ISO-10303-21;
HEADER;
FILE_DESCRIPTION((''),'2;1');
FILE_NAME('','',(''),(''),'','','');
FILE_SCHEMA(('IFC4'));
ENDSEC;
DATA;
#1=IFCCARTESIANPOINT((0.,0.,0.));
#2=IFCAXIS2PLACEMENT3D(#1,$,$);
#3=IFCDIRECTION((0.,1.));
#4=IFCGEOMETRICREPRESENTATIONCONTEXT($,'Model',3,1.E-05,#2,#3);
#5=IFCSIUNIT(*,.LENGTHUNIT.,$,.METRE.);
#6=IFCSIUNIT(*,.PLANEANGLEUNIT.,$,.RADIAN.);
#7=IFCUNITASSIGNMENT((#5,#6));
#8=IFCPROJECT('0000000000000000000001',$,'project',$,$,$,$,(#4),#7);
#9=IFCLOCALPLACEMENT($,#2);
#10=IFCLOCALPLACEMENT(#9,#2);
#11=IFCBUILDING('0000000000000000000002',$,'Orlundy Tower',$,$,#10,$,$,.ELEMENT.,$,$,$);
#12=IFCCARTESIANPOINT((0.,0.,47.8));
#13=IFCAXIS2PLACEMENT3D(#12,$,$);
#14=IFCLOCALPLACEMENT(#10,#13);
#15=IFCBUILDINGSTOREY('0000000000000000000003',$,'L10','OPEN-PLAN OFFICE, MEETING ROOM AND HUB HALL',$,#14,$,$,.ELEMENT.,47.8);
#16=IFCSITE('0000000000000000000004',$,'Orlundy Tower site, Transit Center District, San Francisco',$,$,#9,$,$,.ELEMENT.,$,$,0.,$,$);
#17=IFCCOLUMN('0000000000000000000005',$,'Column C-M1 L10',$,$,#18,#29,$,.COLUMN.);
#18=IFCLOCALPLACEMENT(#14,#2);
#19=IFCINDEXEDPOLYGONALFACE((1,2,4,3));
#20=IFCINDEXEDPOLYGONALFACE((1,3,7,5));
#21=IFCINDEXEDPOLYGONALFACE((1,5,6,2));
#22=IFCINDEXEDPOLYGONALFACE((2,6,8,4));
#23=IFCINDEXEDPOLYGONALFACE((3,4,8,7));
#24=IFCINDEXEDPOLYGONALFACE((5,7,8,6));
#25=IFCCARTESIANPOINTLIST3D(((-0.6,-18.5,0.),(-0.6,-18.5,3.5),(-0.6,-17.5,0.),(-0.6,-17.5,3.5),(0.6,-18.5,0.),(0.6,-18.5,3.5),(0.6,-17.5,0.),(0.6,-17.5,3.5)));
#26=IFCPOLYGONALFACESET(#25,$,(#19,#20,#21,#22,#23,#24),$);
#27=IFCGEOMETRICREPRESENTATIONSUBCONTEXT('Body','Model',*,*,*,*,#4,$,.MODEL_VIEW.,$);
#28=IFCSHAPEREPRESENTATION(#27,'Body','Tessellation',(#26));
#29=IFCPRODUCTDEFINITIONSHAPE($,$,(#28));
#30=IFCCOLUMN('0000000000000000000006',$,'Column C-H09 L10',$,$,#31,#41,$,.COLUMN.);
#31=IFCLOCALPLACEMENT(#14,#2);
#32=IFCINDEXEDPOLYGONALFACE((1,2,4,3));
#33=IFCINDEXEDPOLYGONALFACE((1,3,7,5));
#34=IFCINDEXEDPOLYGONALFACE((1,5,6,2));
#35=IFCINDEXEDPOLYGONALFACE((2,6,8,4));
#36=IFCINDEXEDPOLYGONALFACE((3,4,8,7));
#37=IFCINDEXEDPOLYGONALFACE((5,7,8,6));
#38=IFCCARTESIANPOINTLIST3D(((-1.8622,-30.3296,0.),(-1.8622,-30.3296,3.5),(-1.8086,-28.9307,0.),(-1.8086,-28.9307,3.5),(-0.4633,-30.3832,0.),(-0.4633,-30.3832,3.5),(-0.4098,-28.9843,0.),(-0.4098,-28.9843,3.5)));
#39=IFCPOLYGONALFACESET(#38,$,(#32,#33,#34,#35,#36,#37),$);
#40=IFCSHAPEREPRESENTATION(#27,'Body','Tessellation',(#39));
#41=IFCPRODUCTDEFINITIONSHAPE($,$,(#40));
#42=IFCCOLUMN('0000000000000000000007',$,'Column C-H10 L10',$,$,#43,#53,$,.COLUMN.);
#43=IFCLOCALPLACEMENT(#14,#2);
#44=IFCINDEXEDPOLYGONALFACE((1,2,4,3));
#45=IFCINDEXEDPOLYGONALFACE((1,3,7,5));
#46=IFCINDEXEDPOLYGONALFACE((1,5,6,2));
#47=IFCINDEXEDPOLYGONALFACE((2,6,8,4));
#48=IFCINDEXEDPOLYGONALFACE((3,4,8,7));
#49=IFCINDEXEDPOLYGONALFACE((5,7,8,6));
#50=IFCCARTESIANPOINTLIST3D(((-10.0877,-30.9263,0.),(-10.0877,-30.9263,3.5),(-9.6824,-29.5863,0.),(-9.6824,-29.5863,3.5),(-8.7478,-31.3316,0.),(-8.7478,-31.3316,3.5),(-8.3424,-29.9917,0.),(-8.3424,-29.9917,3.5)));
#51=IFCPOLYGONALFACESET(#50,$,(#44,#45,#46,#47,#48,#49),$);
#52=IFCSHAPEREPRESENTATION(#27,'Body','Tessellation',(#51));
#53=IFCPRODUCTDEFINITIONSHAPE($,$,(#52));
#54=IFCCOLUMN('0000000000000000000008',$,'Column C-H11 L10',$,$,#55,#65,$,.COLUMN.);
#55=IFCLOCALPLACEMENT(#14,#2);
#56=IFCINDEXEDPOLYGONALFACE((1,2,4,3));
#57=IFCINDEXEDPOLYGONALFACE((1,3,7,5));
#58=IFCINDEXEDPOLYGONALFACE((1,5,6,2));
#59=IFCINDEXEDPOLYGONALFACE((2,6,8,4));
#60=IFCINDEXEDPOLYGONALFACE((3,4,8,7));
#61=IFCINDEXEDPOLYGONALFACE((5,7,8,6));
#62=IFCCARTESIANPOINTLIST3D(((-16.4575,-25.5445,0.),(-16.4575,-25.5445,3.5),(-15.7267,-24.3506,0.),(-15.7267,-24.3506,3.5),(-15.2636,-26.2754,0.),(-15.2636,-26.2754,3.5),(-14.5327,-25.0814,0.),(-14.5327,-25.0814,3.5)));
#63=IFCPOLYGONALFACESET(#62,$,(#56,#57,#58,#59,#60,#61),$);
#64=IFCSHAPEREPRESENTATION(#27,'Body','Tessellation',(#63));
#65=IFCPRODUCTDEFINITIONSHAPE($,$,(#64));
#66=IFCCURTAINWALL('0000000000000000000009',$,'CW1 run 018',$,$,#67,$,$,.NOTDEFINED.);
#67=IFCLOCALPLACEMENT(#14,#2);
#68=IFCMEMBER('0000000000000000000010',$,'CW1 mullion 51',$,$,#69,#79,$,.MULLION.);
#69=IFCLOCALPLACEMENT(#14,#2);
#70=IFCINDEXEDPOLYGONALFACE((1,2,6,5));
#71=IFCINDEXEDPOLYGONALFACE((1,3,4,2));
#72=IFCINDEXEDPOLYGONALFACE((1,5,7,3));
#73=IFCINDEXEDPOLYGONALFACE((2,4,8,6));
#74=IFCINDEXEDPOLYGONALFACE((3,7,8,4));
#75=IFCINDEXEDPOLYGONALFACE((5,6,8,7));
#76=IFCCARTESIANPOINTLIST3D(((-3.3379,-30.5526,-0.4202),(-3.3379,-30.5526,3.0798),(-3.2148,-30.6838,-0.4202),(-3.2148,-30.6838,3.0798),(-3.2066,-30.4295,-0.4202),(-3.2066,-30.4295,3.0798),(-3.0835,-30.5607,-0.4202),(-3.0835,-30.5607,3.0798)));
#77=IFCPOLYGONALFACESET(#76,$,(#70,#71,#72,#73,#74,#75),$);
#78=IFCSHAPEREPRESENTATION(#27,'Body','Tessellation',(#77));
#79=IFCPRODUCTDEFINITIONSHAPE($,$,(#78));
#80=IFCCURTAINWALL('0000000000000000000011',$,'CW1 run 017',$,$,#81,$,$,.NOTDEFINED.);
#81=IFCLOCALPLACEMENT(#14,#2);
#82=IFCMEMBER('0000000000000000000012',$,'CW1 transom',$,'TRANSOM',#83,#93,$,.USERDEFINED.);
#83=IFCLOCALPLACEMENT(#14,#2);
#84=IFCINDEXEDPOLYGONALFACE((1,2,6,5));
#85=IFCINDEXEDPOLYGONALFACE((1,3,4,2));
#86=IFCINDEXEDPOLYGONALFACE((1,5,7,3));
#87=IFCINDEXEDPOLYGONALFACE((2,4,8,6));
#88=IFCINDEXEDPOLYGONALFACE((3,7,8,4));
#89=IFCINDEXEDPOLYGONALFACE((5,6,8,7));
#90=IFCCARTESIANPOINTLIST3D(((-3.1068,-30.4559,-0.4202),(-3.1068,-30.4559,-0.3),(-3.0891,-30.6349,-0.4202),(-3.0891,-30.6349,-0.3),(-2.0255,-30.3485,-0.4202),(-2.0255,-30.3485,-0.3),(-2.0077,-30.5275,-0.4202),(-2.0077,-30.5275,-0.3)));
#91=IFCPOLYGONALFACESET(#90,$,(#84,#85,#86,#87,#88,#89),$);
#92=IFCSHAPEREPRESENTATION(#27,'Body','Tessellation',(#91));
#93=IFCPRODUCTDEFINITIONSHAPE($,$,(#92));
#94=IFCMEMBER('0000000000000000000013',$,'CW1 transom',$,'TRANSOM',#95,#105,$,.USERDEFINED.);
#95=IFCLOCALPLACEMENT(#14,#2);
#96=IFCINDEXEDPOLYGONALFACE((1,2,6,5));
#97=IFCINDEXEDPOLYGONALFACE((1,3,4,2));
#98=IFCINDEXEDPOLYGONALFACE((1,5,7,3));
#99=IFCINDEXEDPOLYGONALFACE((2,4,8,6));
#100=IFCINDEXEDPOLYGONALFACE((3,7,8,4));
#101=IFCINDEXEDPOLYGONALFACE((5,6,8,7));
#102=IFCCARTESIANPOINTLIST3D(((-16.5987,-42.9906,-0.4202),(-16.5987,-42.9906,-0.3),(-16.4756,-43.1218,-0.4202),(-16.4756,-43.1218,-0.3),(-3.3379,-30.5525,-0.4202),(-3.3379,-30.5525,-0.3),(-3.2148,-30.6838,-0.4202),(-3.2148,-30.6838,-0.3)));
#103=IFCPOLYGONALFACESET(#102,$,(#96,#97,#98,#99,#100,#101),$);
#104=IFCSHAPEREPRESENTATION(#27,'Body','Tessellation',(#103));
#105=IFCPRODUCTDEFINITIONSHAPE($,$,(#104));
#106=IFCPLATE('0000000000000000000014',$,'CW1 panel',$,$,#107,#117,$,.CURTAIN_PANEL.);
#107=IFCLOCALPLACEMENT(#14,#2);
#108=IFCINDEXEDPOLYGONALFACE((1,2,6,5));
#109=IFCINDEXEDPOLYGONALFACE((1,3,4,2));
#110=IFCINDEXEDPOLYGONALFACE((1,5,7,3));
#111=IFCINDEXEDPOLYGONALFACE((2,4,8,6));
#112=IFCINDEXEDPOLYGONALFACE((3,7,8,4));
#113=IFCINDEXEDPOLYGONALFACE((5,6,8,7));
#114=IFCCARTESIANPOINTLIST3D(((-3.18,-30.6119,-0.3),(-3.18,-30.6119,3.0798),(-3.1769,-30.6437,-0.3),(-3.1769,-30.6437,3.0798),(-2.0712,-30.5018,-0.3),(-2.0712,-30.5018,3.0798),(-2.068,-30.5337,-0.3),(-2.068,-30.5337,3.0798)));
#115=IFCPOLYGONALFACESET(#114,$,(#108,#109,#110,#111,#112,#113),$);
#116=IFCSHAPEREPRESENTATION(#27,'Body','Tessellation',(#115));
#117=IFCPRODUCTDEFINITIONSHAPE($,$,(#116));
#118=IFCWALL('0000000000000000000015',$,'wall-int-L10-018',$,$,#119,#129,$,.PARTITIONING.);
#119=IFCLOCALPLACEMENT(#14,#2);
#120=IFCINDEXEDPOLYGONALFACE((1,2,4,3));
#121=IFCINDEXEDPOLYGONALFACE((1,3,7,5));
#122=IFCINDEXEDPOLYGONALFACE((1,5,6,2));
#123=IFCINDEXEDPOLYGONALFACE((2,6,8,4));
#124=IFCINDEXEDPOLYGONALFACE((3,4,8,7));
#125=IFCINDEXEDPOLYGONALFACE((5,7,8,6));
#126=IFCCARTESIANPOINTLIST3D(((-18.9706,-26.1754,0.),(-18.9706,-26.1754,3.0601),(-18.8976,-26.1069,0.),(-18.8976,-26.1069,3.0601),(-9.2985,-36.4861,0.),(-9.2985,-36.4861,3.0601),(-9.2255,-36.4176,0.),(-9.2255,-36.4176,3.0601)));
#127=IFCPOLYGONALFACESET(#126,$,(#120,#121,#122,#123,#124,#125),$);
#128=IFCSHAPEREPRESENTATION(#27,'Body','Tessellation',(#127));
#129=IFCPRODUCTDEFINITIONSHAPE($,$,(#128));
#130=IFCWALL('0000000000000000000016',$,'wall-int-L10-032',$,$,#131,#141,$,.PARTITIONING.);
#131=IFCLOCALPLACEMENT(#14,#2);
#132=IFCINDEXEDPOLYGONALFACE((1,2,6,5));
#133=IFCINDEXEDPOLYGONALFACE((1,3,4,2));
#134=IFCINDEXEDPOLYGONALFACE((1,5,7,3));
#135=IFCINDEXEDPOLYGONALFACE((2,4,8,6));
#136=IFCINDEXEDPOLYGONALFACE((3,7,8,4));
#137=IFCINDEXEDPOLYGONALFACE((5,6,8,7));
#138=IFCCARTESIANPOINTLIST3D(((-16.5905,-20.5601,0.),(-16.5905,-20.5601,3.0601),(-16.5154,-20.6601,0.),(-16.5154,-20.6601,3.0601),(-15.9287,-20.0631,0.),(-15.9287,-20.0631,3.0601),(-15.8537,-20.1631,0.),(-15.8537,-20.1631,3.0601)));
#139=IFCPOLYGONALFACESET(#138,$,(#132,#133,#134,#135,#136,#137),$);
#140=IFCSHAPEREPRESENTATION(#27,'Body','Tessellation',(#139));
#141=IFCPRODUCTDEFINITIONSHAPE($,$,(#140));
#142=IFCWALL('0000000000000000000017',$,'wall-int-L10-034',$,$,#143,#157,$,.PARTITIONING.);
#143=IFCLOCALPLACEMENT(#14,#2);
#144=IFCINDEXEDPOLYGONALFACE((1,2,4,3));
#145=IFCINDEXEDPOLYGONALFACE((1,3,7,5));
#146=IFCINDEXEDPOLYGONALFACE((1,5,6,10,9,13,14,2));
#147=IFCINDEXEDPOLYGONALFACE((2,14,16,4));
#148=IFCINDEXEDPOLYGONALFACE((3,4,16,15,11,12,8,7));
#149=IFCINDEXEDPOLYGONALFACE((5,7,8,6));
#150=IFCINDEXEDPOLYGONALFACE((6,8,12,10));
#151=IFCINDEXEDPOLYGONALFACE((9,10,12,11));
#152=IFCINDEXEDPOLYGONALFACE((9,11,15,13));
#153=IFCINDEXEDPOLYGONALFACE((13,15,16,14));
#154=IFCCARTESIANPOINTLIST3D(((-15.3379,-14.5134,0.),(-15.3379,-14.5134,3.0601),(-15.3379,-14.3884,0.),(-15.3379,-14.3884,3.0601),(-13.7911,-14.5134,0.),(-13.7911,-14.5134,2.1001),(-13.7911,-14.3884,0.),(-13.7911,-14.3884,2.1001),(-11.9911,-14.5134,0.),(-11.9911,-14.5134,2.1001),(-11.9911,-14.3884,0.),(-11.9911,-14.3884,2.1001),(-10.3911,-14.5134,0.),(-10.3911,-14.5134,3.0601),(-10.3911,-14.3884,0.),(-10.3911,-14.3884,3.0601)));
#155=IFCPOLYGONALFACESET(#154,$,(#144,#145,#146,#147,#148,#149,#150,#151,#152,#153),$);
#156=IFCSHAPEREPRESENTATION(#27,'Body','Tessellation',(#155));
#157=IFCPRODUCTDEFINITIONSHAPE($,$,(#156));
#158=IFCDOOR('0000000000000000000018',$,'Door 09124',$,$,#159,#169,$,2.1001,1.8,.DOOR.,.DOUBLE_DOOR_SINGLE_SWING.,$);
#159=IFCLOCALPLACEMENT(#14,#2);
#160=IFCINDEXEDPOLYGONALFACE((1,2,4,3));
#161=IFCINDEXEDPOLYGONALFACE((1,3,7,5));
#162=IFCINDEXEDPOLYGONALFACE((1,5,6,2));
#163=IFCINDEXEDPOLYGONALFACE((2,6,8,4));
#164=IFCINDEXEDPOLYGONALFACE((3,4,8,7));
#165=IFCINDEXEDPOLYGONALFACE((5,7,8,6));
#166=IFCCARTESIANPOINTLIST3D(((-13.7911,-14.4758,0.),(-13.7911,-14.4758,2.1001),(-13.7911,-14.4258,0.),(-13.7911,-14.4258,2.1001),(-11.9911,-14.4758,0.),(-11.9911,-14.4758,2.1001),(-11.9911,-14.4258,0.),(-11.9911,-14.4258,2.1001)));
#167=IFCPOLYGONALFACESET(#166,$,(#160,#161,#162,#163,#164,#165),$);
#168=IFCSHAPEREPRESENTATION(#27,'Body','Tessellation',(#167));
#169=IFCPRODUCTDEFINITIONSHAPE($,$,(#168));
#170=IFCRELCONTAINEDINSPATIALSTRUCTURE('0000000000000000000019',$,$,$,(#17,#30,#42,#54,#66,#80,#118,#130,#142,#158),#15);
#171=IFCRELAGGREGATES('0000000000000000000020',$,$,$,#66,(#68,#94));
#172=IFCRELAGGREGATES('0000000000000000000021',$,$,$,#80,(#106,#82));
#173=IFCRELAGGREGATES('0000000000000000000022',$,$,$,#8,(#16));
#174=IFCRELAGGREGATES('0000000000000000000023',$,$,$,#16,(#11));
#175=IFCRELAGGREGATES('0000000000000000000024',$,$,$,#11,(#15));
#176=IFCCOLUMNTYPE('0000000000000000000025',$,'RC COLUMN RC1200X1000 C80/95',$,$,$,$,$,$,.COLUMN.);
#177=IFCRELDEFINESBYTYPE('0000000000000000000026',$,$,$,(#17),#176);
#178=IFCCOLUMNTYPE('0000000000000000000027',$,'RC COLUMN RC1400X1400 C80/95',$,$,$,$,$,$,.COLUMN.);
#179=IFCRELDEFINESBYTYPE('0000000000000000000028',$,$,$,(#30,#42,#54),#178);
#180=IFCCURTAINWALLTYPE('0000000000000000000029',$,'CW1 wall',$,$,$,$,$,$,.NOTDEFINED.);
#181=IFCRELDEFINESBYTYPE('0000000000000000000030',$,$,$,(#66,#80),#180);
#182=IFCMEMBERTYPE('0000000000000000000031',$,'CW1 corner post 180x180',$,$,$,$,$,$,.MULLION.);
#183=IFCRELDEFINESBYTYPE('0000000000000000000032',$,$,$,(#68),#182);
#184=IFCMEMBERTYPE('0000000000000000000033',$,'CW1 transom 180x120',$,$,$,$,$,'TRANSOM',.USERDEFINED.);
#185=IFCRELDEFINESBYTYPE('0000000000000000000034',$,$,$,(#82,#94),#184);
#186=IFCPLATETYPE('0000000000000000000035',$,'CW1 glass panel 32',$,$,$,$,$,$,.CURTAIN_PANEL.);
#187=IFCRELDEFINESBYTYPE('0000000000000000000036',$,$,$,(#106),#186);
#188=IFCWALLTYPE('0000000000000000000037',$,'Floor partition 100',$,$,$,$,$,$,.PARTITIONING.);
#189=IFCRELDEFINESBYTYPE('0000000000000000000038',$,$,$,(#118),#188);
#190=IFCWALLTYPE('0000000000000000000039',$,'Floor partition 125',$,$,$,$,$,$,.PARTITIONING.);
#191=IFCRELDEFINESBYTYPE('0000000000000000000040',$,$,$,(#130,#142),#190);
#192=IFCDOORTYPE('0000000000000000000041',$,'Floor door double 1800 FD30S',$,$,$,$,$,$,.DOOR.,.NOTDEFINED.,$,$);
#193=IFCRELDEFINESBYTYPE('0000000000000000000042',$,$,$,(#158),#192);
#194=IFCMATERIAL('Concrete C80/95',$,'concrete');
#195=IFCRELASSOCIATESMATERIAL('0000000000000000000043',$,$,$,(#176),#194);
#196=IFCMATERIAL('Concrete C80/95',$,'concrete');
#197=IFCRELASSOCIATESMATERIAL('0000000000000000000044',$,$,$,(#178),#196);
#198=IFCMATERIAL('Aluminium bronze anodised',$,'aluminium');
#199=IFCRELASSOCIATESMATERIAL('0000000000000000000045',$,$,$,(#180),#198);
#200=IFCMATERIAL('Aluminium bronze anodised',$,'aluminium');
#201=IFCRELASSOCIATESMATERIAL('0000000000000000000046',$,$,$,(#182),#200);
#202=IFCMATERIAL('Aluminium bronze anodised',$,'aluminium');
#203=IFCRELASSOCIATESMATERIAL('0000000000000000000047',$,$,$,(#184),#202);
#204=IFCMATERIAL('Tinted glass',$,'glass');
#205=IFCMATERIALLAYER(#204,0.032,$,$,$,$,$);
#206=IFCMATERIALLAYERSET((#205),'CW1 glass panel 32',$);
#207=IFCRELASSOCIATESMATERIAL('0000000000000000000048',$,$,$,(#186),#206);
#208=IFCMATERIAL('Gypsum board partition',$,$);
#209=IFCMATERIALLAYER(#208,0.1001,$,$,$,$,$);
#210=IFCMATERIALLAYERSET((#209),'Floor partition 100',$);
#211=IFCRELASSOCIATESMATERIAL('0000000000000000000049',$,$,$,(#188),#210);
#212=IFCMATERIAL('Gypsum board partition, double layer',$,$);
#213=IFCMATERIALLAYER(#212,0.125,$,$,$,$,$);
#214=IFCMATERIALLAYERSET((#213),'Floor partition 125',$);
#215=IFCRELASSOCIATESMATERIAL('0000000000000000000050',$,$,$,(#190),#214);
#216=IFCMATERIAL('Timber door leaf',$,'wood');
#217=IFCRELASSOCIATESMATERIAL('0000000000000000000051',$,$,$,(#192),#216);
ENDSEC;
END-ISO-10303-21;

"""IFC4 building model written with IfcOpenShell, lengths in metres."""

from ifc_helpers import new_model, si_unit, direction, frame, frame_2d, origin, origin_2d, place, context, subcontext, project, spatial, rectangle, extrude, material, layer, layer_set, material_profile, profile_set, type_object, element, fill, aggregate, save


model = new_model("IFC4")

# Units and contexts
model_context = context("Model", 3, precision=1e-05, world=origin(), true_north=direction((0.0, 1.0)))
body_context = subcontext(model_context, "Body", "Model", "MODEL_VIEW")
ifc_project = project(units=[si_unit("LENGTHUNIT", "METRE"), si_unit("PLANEANGLEUNIT", "RADIAN")], contexts=[model_context])

# Site, building, storey
site_placement = place(None, origin())
site = spatial("IfcSite", under=ifc_project, at=site_placement, Name="Orlundy Tower site, Transit Center District, San Francisco", CompositionType="ELEMENT", RefElevation=0.0)
building_placement = place(site_placement, origin())
building = spatial("IfcBuilding", under=site, at=building_placement, Name="Orlundy Tower", CompositionType="ELEMENT")
storey_placement = place(building_placement, frame((0.0, 0.0, 47.8)))
storey = spatial("IfcBuildingStorey", under=building, at=storey_placement, Name="L10", Description="OPEN-PLAN OFFICE, MEETING ROOM AND HUB HALL", CompositionType="ELEMENT", Elevation=47.8)

# Columns
ifc_material_1 = material(Name="Concrete C80/95", Category="concrete")
ifc_material_profile_1 = material_profile(ifc_material_1, rectangle(XDim=1.2, YDim=1.0, at=origin_2d()), Name="RC1200X1000")
ifc_profile_set_1 = profile_set([ifc_material_profile_1], Name="Concrete C80/95")
column_type_1 = type_object("IfcColumnType", Name="RC COLUMN RC1200X1000 C80/95", PredefinedType="COLUMN", material=ifc_profile_set_1)
column_placement = place(storey_placement, frame((0.0, -18.0, 0.0), z_axis=(0.0, 0.0, 1.0), x_axis=(1.0, 0.0, 0.0)))
element("IfcColumn", 1, at=column_placement, inside=storey, type_object=column_type_1, Name="Column C-M1 L10", PredefinedType="COLUMN", context=body_context, shape_type="SweptSolid", body=[
    extrude(rectangle(XDim=1.2, YDim=1.0, at=origin_2d()), origin(), (0.0, 0.0, 1.0), 3.5),
])
ifc_material_2 = material(Name="Concrete C80/95", Category="concrete")
ifc_material_profile_2 = material_profile(ifc_material_2, rectangle(XDim=1.3999, YDim=1.3999, at=origin_2d()), Name="RC1400X1400")
ifc_profile_set_2 = profile_set([ifc_material_profile_2], Name="Concrete C80/95")
column_type_2 = type_object("IfcColumnType", Name="RC COLUMN RC1400X1400 C80/95", PredefinedType="COLUMN", material=ifc_profile_set_2)
for number, where, z_axis, x_axis, name in (
    (2, (-1.136, -29.657, 0.0), (0.0, 0.0, 1.0), (-0.038283, -0.999267, 0.0), "Column C-H09 L10"),
    (3, (-9.2151, -30.459, 0.0), (0.0, 0.0, 1.0), (-0.289583, -0.957153, 0.0), "Column C-H10 L10"),
    (4, (-15.4951, -25.313, 0.0), (0.0, 0.0, 1.0), (-0.522082, -0.852895, 0.0), "Column C-H11 L10"),
):
    element("IfcColumn", number, at=place(storey_placement, frame(where, z_axis=z_axis, x_axis=x_axis)), inside=storey, type_object=column_type_2, Name=name, PredefinedType="COLUMN", context=body_context, shape_type="SweptSolid", body=[
        extrude(rectangle(XDim=1.3999, YDim=1.3999, at=origin_2d()), origin(), (0.0, 0.0, 1.0), 3.5),
    ])

# Curtain walls, members
ifc_material_3 = material(Name="Aluminium bronze anodised", Category="aluminium")
curtain_wall_type = type_object("IfcCurtainWallType", Name="CW1 wall", PredefinedType="NOTDEFINED", material=ifc_material_3)
curtain_wall_1_placement = place(storey_placement, origin())
curtain_wall_1 = element("IfcCurtainWall", 5, at=curtain_wall_1_placement, inside=storey, type_object=curtain_wall_type, Name="CW1 run 018", PredefinedType="NOTDEFINED")
ifc_material_4 = material(Name="Aluminium bronze anodised", Category="aluminium")
ifc_material_profile_3 = material_profile(ifc_material_4, rectangle(XDim=0.1799, YDim=0.1799, at=origin_2d()), Name="CW1 corner post 180x180")
ifc_profile_set_3 = profile_set([ifc_material_profile_3], Name="Aluminium bronze anodised")
member_type_1 = type_object("IfcMemberType", Name="CW1 corner post 180x180", PredefinedType="MULLION", material=ifc_profile_set_3)
member_1_placement = place(storey_placement, frame((-3.2107, -30.5566, -0.4202), z_axis=(0.0, 0.0, 1.0), x_axis=(0.684124, -0.729365, 0.0)))
member_1 = element("IfcMember", 6, at=member_1_placement, type_object=member_type_1, Name="CW1 mullion 51", PredefinedType="MULLION", context=body_context, shape_type="SweptSolid", body=[
    extrude(rectangle(XDim=0.1799, YDim=0.1799, at=origin_2d()), origin(), (0.0, 0.0, 1.0), 3.5),
])
curtain_wall_2_placement = place(storey_placement, origin())
curtain_wall_2 = element("IfcCurtainWall", 7, at=curtain_wall_2_placement, inside=storey, type_object=curtain_wall_type, Name="CW1 run 017", PredefinedType="NOTDEFINED")
ifc_material_5 = material(Name="Aluminium bronze anodised", Category="aluminium")
ifc_material_profile_4 = material_profile(ifc_material_5, rectangle(XDim=0.1799, YDim=0.1201, at=origin_2d()), Name="CW1 transom 180x120")
ifc_profile_set_4 = profile_set([ifc_material_profile_4], Name="Aluminium bronze anodised")
member_type_2 = type_object("IfcMemberType", Name="CW1 transom 180x120", ElementType="TRANSOM", PredefinedType="USERDEFINED", material=ifc_profile_set_4)
member_2_placement = place(storey_placement, frame((-2.0166, -30.438, -0.3601), z_axis=(-0.995101, -0.098859, 0.0), x_axis=(0.098859, -0.995101, 0.0)))
member_2 = element("IfcMember", 8, at=member_2_placement, type_object=member_type_2, Name="CW1 transom", ObjectType="TRANSOM", PredefinedType="USERDEFINED", context=body_context, shape_type="SweptSolid", body=[
    extrude(rectangle(XDim=0.1799, YDim=0.1201, at=origin_2d()), origin(), (0.0, 0.0, 1.0), 1.0867),
])

# Member
member_3_placement = place(storey_placement, frame((-3.2764, -30.6182, -0.3601), z_axis=(-0.729371, -0.684118, 0.0), x_axis=(0.684118, -0.729371, 0.0)))
member_3 = element("IfcMember", 9, at=member_3_placement, type_object=member_type_2, Name="CW1 transom", ObjectType="TRANSOM", PredefinedType="USERDEFINED", context=body_context, shape_type="SweptSolid", body=[
    extrude(rectangle(XDim=0.1799, YDim=0.1201, at=origin_2d()), origin(), (0.0, 0.0, 1.0), 18.1812),
])
aggregate(curtain_wall_1, [member_1, member_3])

# Plate
ifc_material_6 = material(Name="Tinted glass", Category="glass")
ifc_layer_1 = layer(ifc_material_6, 0.032)
ifc_layer_set_1 = layer_set([ifc_layer_1], Name="CW1 glass panel 32")
plate_type = type_object("IfcPlateType", Name="CW1 glass panel 32", PredefinedType="CURTAIN_PANEL", material=ifc_layer_set_1)
plate_placement = place(storey_placement, frame((-2.624, -30.5728, -0.3), z_axis=(0.0, 0.0, 1.0), x_axis=(-0.995112, -0.09875, 0.0)))
plate = element("IfcPlate", 10, at=plate_placement, type_object=plate_type, Name="CW1 panel", PredefinedType="CURTAIN_PANEL", context=body_context, shape_type="SweptSolid", body=[
    extrude(rectangle(XDim=1.1143, YDim=0.032, at=origin_2d()), origin(), (0.0, 0.0, 1.0), 3.3799),
])
aggregate(curtain_wall_2, [plate, member_2])

# Walls
ifc_material_7 = material(Name="Gypsum board partition")
ifc_layer_2 = layer(ifc_material_7, 0.1001)
ifc_layer_set_2 = layer_set([ifc_layer_2], Name="Floor partition 100")
wall_type_1 = type_object("IfcWallType", Name="Floor partition 100", PredefinedType="PARTITIONING", material=ifc_layer_set_2)
wall_1_placement = place(storey_placement, frame((-18.9341, -26.1411, 0.0), z_axis=(0.0, 0.0, 1.0), x_axis=(0.684158, -0.729334, 0.0)))
element("IfcWall", 11, at=wall_1_placement, inside=storey, type_object=wall_type_1, Name="wall-int-L10-018", PredefinedType="PARTITIONING", context=body_context, shape_type="SweptSolid", body=[
    extrude(rectangle(XDim=14.1372, YDim=0.1001, at=frame_2d((7.0686, 0.0))), origin(), (0.0, 0.0, 1.0), 3.0601),
])
ifc_material_8 = material(Name="Gypsum board partition, double layer")
ifc_layer_3 = layer(ifc_material_8, 0.125)
ifc_layer_set_3 = layer_set([ifc_layer_3], Name="Floor partition 125")
wall_type_2 = type_object("IfcWallType", Name="Floor partition 125", PredefinedType="PARTITIONING", material=ifc_layer_set_3)
wall_2_placement = place(storey_placement, frame((-16.553, -20.6101, 0.0), z_axis=(0.0, 0.0, 1.0), x_axis=(0.79961, 0.600519, 0.0)))
element("IfcWall", 12, at=wall_2_placement, inside=storey, type_object=wall_type_2, Name="wall-int-L10-032", PredefinedType="PARTITIONING", context=body_context, shape_type="SweptSolid", body=[
    extrude(rectangle(XDim=0.8276, YDim=0.125, at=frame_2d((0.4138, 0.0))), origin(), (0.0, 0.0, 1.0), 3.0601),
])

# Wall, opening, door
wall_3_placement = place(storey_placement, frame((-10.3911, -14.4509, 0.0), z_axis=(0.0, 0.0, 1.0), x_axis=(-1.0, 0.0, 0.0)))
wall_3 = element("IfcWall", 13, at=wall_3_placement, inside=storey, type_object=wall_type_2, Name="wall-int-L10-034", PredefinedType="PARTITIONING", context=body_context, shape_type="SweptSolid", body=[
    extrude(rectangle(XDim=4.9468, YDim=0.125, at=frame_2d((2.4734, 0.0))), origin(), (0.0, 0.0, 1.0), 3.0601),
])
opening_1_placement = place(wall_3_placement, frame((1.6001, 0.0, 0.0)))
opening_1 = element("IfcOpeningElement", 14, at=opening_1_placement, cuts=wall_3, PredefinedType="OPENING", context=body_context, shape_type="SweptSolid", body=[
    extrude(rectangle(XDim=1.8, YDim=2.1001, at=frame_2d((0.8999, 1.05))), frame((0.0, 0.0725, 0.0), z_axis=(0.0, -1.0, 0.0), x_axis=(1.0, 0.0, 0.0)), (0.0, 0.0, 1.0), 0.145),
])
ifc_material_9 = material(Name="Timber door leaf", Category="wood")
door_type_1 = type_object("IfcDoorType", Name="Floor door double 1800 FD30S", OperationType="NOTDEFINED", PredefinedType="DOOR", material=ifc_material_9)
door_1_placement = place(opening_1_placement, origin())
door_1 = element("IfcDoor", 15, at=door_1_placement, inside=storey, type_object=door_type_1, Name="Door 09124", OperationType="DOUBLE_DOOR_SINGLE_SWING", OverallHeight=2.1001, OverallWidth=1.8, PredefinedType="DOOR", context=body_context, shape_type="SweptSolid", body=[
    extrude(rectangle(XDim=1.8, YDim=2.1001, at=frame_2d((0.8999, 1.05))), frame((0.0, 0.0249, 0.0), z_axis=(0.0, -1.0, 0.0), x_axis=(1.0, 0.0, 0.0)), (0.0, 0.0, 1.0), 0.05),
])
fill(opening_1, door_1)

save(model, "model.ifc")
